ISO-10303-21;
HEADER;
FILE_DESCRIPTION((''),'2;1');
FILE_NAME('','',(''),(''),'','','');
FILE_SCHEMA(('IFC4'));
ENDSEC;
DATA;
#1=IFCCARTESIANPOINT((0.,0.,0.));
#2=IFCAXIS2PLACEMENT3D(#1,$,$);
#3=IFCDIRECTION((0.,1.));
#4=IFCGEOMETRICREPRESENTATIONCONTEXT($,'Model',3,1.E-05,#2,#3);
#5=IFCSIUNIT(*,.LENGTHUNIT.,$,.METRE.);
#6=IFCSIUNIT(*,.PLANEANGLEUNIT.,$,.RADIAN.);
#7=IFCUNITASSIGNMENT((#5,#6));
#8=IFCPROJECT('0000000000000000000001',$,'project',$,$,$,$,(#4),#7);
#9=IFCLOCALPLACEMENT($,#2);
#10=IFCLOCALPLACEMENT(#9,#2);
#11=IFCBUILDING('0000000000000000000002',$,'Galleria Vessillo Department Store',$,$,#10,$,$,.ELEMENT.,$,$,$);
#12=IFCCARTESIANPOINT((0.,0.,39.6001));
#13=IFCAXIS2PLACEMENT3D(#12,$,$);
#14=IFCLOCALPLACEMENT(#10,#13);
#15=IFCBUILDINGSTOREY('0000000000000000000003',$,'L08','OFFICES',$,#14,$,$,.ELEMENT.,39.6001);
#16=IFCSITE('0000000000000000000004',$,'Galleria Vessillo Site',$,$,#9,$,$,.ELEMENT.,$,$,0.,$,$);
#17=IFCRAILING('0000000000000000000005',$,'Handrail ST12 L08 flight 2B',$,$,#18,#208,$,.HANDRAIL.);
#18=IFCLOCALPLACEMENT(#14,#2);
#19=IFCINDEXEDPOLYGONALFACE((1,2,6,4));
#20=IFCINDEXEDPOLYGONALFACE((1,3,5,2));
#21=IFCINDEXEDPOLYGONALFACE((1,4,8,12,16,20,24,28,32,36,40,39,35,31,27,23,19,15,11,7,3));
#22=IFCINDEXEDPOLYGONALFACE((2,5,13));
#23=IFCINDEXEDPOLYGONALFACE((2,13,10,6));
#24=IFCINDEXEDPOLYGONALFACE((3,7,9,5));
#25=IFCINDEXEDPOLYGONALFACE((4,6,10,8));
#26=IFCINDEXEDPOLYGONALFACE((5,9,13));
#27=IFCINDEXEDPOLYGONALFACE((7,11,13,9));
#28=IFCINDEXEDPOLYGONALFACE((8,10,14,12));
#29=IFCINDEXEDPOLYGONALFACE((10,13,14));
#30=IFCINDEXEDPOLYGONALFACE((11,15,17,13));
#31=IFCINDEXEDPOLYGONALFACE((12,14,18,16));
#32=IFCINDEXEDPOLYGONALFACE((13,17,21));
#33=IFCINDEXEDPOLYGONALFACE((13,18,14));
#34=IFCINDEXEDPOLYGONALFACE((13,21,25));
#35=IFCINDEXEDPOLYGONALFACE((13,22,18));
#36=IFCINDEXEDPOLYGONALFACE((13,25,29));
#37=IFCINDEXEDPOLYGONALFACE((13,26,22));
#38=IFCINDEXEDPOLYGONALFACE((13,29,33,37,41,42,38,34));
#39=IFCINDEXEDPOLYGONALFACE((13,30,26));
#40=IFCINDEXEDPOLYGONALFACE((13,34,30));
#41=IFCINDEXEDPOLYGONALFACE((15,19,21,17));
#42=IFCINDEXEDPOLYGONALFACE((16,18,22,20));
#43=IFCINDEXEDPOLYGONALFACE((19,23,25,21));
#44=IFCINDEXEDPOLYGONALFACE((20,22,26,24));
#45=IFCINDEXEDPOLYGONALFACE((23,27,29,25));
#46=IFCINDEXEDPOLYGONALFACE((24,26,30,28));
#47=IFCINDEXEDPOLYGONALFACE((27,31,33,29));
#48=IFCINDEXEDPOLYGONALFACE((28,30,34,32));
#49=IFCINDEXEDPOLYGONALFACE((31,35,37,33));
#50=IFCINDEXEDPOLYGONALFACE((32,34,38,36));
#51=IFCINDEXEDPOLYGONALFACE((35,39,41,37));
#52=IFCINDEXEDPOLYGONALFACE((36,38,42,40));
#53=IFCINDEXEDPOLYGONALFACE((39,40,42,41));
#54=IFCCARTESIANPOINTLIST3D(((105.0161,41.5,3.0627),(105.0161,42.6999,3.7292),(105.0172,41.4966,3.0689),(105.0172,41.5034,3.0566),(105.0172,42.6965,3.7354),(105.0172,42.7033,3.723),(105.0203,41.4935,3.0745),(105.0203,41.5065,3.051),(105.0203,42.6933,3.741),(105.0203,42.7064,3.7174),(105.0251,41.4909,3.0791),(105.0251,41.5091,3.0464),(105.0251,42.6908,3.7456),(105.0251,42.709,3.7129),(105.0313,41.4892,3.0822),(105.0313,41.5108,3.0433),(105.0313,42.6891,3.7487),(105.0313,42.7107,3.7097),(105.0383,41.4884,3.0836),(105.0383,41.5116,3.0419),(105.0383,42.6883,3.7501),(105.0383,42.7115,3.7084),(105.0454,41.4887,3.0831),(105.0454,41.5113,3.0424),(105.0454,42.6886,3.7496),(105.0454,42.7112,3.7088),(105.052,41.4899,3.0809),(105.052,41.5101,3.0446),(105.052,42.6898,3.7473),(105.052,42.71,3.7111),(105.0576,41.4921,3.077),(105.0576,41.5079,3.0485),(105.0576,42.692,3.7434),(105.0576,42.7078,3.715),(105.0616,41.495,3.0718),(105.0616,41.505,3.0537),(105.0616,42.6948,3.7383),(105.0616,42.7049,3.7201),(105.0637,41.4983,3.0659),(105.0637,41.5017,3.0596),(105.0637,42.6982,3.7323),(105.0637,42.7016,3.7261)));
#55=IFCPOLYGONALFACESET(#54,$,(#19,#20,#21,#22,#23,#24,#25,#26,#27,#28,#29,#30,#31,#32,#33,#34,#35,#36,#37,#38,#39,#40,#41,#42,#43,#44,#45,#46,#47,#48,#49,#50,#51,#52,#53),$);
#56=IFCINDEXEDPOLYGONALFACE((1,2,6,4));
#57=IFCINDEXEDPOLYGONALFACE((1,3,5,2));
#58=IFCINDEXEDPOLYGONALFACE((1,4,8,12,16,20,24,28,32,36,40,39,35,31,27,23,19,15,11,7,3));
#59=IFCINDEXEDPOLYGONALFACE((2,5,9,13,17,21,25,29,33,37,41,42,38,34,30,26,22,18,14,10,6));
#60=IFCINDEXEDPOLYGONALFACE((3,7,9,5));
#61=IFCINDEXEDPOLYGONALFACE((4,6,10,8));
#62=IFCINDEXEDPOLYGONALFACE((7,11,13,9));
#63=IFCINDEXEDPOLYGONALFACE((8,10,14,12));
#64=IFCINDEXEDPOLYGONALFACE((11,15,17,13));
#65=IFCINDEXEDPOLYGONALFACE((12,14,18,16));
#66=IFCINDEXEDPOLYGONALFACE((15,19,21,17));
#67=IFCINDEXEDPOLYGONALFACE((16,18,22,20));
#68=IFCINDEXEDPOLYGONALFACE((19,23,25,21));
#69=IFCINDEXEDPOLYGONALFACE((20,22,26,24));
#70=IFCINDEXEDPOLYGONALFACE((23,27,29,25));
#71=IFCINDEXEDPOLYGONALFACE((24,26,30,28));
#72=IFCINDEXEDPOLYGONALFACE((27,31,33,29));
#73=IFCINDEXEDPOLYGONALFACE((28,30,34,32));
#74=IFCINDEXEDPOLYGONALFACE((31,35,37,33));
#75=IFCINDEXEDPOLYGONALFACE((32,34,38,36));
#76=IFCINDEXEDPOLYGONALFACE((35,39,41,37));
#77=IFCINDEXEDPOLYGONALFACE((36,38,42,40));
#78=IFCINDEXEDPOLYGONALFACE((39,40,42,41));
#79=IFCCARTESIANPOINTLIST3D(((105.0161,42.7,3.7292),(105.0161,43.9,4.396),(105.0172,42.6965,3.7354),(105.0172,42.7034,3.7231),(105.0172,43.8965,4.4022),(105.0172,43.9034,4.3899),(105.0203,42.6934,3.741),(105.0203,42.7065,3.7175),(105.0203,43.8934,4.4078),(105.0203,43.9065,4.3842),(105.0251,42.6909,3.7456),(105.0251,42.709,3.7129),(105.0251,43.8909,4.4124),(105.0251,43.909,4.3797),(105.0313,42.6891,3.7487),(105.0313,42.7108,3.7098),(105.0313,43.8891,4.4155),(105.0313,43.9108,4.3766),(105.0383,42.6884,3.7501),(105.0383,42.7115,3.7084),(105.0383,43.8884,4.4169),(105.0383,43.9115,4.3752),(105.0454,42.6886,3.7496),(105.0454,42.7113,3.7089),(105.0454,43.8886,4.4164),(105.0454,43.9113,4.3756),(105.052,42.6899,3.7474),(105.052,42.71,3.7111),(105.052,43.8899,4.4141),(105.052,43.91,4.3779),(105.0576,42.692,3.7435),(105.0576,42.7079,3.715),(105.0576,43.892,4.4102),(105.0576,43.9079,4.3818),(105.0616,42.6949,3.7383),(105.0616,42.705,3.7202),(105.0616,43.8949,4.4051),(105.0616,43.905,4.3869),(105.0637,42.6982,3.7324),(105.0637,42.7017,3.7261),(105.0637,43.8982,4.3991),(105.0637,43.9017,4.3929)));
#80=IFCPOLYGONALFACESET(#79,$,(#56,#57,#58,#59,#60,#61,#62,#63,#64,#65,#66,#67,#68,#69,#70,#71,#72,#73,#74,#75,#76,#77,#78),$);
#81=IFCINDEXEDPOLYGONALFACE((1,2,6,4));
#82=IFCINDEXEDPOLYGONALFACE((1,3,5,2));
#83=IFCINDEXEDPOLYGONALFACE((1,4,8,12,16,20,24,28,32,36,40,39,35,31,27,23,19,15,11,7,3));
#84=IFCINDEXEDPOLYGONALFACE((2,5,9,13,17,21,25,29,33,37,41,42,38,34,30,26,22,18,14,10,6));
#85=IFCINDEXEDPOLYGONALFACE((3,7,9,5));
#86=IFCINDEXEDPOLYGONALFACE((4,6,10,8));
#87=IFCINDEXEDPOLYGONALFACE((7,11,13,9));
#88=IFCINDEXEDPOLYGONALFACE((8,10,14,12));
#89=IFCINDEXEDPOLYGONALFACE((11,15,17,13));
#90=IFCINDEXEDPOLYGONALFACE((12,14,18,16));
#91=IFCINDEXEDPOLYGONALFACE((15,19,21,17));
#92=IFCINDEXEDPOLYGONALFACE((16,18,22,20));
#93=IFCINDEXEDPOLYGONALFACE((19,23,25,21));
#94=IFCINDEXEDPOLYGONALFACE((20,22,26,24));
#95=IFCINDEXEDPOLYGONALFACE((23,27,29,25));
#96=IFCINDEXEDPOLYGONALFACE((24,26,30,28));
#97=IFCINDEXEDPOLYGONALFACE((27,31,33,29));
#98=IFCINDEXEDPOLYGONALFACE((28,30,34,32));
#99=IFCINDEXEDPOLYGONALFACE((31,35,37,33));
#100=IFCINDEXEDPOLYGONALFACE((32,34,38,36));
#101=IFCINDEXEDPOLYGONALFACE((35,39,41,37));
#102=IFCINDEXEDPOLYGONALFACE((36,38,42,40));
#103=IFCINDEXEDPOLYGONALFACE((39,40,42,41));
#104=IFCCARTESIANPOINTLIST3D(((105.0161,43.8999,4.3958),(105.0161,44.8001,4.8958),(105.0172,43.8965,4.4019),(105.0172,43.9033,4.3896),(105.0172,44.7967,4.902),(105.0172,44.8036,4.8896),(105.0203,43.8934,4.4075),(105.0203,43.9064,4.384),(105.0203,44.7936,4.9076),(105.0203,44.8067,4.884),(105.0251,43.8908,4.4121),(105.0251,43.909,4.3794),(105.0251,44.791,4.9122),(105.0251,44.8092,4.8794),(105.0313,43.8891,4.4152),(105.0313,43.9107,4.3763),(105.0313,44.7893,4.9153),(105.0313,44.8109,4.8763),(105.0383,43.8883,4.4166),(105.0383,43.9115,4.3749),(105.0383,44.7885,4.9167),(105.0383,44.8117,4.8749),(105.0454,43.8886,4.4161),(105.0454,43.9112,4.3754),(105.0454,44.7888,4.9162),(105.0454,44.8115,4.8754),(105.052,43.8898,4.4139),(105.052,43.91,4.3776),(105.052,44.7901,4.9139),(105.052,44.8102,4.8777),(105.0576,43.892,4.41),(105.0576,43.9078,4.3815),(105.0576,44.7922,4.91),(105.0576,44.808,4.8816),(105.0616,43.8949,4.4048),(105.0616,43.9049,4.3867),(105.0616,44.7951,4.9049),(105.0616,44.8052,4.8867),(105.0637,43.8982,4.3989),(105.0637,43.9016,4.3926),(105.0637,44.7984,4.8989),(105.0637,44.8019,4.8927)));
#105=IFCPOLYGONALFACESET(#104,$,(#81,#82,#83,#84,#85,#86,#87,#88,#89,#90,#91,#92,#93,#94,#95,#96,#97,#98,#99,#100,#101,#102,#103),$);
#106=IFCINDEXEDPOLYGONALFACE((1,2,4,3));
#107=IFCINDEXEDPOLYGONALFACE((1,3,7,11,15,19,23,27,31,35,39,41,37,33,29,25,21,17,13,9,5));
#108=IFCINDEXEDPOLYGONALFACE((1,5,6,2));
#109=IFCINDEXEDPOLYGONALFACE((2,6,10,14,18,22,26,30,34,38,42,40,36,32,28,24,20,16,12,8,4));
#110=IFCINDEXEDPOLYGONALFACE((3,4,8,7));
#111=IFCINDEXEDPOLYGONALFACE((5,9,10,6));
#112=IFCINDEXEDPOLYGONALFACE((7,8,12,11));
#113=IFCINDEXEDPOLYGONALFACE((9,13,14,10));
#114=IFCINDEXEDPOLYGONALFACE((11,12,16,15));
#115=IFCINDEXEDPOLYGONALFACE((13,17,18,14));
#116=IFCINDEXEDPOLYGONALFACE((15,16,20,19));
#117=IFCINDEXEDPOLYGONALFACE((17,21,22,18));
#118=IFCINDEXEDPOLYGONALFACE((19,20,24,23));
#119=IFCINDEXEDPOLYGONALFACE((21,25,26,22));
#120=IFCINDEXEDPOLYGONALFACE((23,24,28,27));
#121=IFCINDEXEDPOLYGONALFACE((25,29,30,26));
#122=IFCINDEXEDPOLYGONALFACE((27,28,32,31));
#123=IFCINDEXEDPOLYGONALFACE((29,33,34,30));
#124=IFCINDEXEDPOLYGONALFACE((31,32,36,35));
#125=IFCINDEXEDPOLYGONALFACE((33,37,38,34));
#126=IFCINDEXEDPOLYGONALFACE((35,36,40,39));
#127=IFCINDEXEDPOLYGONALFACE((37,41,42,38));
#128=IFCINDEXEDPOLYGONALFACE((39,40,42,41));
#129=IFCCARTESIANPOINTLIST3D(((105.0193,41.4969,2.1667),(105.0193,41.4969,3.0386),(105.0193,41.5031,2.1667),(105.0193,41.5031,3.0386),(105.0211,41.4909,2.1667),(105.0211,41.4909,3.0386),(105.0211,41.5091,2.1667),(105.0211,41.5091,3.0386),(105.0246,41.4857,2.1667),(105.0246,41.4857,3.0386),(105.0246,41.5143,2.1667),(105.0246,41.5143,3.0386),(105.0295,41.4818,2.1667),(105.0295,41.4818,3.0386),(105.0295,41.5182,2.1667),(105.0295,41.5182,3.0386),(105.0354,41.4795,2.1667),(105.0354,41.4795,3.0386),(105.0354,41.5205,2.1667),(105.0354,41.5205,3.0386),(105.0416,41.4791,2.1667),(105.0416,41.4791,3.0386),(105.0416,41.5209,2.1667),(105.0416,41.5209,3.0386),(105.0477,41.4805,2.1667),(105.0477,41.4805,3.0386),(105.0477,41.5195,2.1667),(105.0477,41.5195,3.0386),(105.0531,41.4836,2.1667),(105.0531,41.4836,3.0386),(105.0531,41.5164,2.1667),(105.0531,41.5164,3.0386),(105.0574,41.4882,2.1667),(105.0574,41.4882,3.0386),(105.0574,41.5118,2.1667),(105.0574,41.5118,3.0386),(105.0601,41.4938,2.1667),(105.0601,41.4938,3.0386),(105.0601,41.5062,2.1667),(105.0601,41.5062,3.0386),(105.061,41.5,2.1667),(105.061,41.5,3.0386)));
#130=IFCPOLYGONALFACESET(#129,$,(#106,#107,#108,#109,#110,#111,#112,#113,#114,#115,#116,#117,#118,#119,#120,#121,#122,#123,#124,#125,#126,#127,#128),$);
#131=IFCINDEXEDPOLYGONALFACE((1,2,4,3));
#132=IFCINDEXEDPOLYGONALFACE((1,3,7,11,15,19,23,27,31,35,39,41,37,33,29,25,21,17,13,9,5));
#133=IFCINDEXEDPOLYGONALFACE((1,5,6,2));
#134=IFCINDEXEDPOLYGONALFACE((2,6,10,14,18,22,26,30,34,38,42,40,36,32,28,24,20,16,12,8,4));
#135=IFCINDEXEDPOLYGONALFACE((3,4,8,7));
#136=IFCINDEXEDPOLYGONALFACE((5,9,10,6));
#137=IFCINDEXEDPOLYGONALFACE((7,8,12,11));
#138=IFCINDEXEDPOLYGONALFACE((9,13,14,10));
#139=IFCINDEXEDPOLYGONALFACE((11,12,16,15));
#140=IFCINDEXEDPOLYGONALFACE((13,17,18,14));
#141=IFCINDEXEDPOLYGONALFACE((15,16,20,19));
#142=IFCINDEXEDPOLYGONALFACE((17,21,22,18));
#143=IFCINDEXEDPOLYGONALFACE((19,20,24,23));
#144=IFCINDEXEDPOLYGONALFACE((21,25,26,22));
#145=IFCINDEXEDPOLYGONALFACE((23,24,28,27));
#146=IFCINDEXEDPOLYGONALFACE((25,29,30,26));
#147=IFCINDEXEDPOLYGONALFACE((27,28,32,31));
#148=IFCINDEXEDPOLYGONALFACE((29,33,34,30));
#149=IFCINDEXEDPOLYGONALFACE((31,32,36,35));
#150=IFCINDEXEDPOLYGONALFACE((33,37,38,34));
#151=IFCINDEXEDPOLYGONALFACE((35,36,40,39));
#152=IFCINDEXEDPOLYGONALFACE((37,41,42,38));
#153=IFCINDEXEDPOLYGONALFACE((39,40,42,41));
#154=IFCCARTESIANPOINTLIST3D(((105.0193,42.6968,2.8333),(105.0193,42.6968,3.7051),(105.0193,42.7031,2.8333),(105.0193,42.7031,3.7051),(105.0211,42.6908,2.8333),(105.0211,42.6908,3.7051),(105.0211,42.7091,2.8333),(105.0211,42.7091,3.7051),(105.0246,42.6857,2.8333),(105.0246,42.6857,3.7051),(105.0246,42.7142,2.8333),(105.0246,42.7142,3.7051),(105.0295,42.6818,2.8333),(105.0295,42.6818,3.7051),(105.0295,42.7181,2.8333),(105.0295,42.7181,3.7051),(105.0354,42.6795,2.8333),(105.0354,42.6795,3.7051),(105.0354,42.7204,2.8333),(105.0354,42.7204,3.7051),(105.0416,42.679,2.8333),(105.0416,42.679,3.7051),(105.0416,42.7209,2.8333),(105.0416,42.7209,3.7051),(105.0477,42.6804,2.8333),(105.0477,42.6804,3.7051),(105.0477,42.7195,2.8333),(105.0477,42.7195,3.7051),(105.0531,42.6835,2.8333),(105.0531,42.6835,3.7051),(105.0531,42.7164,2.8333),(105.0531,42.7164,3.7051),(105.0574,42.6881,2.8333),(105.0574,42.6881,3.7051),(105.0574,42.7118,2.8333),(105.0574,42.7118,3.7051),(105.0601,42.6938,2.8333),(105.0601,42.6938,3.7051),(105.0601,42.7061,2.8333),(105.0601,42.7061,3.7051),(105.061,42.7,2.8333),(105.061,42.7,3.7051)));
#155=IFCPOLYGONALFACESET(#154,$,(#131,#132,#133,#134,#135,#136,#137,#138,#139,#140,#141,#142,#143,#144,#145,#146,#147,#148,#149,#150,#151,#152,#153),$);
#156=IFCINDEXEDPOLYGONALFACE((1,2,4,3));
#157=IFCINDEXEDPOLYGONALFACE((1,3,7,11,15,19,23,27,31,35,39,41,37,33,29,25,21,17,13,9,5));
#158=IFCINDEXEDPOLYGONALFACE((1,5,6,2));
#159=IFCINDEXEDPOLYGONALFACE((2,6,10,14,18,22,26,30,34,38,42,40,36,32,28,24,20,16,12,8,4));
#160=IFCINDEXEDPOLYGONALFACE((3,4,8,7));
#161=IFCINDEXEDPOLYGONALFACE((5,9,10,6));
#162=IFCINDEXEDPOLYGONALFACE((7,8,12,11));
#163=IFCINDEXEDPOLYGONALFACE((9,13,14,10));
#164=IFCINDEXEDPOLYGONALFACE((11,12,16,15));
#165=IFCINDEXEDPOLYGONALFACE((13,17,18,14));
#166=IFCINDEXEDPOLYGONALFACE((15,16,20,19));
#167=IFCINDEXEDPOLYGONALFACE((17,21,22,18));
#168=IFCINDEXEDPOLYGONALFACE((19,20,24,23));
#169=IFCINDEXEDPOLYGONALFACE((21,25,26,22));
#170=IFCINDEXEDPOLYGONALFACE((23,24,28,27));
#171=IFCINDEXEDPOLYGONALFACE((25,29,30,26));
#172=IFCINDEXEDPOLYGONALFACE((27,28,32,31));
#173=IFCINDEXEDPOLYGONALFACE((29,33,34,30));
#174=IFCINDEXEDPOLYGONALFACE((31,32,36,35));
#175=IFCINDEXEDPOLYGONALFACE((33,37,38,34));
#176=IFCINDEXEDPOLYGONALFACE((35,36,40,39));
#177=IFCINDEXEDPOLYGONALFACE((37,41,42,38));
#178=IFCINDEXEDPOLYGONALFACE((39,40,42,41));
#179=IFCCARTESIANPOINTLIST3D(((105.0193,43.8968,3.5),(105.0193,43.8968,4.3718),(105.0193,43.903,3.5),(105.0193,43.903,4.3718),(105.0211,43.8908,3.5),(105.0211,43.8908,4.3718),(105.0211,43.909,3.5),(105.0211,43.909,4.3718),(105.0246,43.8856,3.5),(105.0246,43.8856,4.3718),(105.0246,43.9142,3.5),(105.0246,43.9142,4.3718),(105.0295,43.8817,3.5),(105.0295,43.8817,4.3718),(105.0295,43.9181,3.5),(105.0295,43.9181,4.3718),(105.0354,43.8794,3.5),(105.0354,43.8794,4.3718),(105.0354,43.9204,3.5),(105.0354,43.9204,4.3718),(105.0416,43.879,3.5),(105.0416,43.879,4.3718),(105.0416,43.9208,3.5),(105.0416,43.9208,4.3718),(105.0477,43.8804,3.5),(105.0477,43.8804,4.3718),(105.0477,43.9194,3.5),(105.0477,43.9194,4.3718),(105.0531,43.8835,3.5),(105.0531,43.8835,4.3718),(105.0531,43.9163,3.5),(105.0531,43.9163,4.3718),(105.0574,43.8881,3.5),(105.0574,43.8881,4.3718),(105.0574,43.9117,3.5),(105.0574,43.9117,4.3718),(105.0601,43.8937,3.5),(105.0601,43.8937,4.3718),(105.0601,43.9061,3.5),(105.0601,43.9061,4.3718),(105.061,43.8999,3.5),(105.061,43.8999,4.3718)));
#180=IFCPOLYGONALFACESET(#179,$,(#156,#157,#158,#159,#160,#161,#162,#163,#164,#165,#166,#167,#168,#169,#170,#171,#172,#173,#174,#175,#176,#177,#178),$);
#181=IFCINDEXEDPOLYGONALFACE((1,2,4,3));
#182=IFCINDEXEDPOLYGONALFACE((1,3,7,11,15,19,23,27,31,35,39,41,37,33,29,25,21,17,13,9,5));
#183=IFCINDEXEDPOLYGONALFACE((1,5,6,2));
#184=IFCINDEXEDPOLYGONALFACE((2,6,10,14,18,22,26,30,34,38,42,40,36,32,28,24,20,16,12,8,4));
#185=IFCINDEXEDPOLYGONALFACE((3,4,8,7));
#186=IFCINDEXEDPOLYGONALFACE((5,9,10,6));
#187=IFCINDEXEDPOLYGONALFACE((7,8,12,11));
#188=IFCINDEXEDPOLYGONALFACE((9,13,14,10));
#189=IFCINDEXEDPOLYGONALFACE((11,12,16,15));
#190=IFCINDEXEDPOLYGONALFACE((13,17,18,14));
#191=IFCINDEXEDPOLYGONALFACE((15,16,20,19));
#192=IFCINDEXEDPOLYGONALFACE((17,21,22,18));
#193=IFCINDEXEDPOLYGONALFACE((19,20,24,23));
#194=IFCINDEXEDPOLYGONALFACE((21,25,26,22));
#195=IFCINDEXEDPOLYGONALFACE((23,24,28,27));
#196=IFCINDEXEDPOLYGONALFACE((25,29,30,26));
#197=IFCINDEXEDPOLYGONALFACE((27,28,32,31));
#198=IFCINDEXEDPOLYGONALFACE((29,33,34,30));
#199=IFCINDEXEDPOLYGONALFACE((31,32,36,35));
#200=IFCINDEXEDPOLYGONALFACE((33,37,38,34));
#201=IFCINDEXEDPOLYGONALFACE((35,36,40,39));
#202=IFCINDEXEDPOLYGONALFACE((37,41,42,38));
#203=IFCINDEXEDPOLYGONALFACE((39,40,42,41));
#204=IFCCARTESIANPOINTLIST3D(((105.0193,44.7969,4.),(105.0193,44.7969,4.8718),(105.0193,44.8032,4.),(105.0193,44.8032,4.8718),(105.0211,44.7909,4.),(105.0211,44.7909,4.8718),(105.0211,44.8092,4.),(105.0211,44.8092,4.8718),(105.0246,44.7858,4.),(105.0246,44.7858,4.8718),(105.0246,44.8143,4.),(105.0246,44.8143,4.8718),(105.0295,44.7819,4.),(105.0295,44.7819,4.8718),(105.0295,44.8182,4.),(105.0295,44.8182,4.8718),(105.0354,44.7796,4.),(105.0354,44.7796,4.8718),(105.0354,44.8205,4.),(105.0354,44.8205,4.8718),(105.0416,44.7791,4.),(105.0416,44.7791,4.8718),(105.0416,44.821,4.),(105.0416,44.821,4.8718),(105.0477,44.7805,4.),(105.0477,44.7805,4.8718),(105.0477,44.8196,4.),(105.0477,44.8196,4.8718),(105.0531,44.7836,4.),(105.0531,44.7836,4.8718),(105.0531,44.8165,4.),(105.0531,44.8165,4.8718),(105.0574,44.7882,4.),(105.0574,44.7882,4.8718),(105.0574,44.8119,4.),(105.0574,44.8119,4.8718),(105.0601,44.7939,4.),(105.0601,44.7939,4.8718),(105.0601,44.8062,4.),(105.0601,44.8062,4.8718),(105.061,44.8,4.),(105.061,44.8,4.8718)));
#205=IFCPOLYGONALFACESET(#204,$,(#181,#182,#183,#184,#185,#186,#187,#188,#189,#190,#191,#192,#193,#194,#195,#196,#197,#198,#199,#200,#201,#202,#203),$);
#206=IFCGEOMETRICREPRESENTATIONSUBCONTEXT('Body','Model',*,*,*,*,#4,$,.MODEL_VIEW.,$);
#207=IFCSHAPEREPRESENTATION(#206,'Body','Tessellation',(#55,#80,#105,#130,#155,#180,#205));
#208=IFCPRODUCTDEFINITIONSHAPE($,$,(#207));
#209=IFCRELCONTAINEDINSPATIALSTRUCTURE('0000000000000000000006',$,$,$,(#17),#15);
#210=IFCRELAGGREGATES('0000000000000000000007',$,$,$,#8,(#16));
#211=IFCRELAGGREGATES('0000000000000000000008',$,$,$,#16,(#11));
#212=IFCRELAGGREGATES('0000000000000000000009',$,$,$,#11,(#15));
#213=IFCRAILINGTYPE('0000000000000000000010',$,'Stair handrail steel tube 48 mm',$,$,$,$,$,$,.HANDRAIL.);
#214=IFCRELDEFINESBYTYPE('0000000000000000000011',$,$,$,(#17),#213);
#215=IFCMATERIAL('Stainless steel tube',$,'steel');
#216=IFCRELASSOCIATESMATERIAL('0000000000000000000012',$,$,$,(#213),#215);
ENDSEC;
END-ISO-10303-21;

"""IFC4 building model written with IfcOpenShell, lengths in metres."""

from ifc_helpers import new_model, si_unit, direction, frame, origin, origin_2d, place, context, subcontext, project, spatial, circle, extrude, material, type_object, element, save


model = new_model("IFC4")

# Units and contexts
model_context = context("Model", 3, precision=1e-05, world=origin(), true_north=direction((0.0, 1.0)))
body_context = subcontext(model_context, "Body", "Model", "MODEL_VIEW")
ifc_project = project(units=[si_unit("LENGTHUNIT", "METRE"), si_unit("PLANEANGLEUNIT", "RADIAN")], contexts=[model_context])

# Site, building, storey
site_placement = place(None, origin())
site = spatial("IfcSite", under=ifc_project, at=site_placement, Name="Galleria Vessillo Site", CompositionType="ELEMENT", RefElevation=0.0)
building_placement = place(site_placement, origin())
building = spatial("IfcBuilding", under=site, at=building_placement, Name="Galleria Vessillo Department Store", CompositionType="ELEMENT")
storey_placement = place(building_placement, frame((0.0, 0.0, 39.6001)))
storey = spatial("IfcBuildingStorey", under=building, at=storey_placement, Name="L08", Description="OFFICES", CompositionType="ELEMENT", Elevation=39.6001)

# Railing
ifc_material_1 = material(Name="Stainless steel tube", Category="steel")
railing_type = type_object("IfcRailingType", Name="Stair handrail steel tube 48 mm", PredefinedType="HANDRAIL", material=ifc_material_1)
for number, where, name in (
    (1, (105.04, 41.5, 2.1667), "Handrail ST12 L08 flight 2B"),
):
    element("IfcRailing", number, at=place(storey_placement, frame(where)), inside=storey, type_object=railing_type, Name=name, PredefinedType="HANDRAIL", context=body_context, shape_type="SweptSolid", body=[
        extrude(circle(Radius=0.0239, at=origin_2d()), frame((0.0, 0.0, 0.896), z_axis=(0.0, 0.874199, 0.485567), x_axis=(-1.0, 0.0, 0.0)), (0.0, 0.0, 1.0), 1.3726),
        extrude(circle(Radius=0.0239, at=origin_2d()), frame((0.0, 1.2, 1.5625), z_axis=(0.0, 0.874124, 0.485703), x_axis=(-1.0, 0.0, 0.0)), (0.0, 0.0, 1.0), 1.3728),
        extrude(circle(Radius=0.0239, at=origin_2d()), frame((0.0, 2.3999, 2.229), z_axis=(0.0, 0.874191, 0.485583), x_axis=(-1.0, 0.0, 0.0)), (0.0, 0.0, 1.0), 1.0298),
        extrude(circle(Radius=0.021, at=origin_2d()), origin(), (0.0, 0.0, 1.0), 0.8718),
        extrude(circle(Radius=0.021, at=origin_2d()), frame((0.0, 1.2, 0.6665)), (0.0, 0.0, 1.0), 0.8718),
        extrude(circle(Radius=0.021, at=origin_2d()), frame((0.0, 2.3999, 1.3333)), (0.0, 0.0, 1.0), 0.8718),
        extrude(circle(Radius=0.021, at=origin_2d()), frame((0.0, 3.3, 1.8333)), (0.0, 0.0, 1.0), 0.8718),
    ])

save(model, "model.ifc")
